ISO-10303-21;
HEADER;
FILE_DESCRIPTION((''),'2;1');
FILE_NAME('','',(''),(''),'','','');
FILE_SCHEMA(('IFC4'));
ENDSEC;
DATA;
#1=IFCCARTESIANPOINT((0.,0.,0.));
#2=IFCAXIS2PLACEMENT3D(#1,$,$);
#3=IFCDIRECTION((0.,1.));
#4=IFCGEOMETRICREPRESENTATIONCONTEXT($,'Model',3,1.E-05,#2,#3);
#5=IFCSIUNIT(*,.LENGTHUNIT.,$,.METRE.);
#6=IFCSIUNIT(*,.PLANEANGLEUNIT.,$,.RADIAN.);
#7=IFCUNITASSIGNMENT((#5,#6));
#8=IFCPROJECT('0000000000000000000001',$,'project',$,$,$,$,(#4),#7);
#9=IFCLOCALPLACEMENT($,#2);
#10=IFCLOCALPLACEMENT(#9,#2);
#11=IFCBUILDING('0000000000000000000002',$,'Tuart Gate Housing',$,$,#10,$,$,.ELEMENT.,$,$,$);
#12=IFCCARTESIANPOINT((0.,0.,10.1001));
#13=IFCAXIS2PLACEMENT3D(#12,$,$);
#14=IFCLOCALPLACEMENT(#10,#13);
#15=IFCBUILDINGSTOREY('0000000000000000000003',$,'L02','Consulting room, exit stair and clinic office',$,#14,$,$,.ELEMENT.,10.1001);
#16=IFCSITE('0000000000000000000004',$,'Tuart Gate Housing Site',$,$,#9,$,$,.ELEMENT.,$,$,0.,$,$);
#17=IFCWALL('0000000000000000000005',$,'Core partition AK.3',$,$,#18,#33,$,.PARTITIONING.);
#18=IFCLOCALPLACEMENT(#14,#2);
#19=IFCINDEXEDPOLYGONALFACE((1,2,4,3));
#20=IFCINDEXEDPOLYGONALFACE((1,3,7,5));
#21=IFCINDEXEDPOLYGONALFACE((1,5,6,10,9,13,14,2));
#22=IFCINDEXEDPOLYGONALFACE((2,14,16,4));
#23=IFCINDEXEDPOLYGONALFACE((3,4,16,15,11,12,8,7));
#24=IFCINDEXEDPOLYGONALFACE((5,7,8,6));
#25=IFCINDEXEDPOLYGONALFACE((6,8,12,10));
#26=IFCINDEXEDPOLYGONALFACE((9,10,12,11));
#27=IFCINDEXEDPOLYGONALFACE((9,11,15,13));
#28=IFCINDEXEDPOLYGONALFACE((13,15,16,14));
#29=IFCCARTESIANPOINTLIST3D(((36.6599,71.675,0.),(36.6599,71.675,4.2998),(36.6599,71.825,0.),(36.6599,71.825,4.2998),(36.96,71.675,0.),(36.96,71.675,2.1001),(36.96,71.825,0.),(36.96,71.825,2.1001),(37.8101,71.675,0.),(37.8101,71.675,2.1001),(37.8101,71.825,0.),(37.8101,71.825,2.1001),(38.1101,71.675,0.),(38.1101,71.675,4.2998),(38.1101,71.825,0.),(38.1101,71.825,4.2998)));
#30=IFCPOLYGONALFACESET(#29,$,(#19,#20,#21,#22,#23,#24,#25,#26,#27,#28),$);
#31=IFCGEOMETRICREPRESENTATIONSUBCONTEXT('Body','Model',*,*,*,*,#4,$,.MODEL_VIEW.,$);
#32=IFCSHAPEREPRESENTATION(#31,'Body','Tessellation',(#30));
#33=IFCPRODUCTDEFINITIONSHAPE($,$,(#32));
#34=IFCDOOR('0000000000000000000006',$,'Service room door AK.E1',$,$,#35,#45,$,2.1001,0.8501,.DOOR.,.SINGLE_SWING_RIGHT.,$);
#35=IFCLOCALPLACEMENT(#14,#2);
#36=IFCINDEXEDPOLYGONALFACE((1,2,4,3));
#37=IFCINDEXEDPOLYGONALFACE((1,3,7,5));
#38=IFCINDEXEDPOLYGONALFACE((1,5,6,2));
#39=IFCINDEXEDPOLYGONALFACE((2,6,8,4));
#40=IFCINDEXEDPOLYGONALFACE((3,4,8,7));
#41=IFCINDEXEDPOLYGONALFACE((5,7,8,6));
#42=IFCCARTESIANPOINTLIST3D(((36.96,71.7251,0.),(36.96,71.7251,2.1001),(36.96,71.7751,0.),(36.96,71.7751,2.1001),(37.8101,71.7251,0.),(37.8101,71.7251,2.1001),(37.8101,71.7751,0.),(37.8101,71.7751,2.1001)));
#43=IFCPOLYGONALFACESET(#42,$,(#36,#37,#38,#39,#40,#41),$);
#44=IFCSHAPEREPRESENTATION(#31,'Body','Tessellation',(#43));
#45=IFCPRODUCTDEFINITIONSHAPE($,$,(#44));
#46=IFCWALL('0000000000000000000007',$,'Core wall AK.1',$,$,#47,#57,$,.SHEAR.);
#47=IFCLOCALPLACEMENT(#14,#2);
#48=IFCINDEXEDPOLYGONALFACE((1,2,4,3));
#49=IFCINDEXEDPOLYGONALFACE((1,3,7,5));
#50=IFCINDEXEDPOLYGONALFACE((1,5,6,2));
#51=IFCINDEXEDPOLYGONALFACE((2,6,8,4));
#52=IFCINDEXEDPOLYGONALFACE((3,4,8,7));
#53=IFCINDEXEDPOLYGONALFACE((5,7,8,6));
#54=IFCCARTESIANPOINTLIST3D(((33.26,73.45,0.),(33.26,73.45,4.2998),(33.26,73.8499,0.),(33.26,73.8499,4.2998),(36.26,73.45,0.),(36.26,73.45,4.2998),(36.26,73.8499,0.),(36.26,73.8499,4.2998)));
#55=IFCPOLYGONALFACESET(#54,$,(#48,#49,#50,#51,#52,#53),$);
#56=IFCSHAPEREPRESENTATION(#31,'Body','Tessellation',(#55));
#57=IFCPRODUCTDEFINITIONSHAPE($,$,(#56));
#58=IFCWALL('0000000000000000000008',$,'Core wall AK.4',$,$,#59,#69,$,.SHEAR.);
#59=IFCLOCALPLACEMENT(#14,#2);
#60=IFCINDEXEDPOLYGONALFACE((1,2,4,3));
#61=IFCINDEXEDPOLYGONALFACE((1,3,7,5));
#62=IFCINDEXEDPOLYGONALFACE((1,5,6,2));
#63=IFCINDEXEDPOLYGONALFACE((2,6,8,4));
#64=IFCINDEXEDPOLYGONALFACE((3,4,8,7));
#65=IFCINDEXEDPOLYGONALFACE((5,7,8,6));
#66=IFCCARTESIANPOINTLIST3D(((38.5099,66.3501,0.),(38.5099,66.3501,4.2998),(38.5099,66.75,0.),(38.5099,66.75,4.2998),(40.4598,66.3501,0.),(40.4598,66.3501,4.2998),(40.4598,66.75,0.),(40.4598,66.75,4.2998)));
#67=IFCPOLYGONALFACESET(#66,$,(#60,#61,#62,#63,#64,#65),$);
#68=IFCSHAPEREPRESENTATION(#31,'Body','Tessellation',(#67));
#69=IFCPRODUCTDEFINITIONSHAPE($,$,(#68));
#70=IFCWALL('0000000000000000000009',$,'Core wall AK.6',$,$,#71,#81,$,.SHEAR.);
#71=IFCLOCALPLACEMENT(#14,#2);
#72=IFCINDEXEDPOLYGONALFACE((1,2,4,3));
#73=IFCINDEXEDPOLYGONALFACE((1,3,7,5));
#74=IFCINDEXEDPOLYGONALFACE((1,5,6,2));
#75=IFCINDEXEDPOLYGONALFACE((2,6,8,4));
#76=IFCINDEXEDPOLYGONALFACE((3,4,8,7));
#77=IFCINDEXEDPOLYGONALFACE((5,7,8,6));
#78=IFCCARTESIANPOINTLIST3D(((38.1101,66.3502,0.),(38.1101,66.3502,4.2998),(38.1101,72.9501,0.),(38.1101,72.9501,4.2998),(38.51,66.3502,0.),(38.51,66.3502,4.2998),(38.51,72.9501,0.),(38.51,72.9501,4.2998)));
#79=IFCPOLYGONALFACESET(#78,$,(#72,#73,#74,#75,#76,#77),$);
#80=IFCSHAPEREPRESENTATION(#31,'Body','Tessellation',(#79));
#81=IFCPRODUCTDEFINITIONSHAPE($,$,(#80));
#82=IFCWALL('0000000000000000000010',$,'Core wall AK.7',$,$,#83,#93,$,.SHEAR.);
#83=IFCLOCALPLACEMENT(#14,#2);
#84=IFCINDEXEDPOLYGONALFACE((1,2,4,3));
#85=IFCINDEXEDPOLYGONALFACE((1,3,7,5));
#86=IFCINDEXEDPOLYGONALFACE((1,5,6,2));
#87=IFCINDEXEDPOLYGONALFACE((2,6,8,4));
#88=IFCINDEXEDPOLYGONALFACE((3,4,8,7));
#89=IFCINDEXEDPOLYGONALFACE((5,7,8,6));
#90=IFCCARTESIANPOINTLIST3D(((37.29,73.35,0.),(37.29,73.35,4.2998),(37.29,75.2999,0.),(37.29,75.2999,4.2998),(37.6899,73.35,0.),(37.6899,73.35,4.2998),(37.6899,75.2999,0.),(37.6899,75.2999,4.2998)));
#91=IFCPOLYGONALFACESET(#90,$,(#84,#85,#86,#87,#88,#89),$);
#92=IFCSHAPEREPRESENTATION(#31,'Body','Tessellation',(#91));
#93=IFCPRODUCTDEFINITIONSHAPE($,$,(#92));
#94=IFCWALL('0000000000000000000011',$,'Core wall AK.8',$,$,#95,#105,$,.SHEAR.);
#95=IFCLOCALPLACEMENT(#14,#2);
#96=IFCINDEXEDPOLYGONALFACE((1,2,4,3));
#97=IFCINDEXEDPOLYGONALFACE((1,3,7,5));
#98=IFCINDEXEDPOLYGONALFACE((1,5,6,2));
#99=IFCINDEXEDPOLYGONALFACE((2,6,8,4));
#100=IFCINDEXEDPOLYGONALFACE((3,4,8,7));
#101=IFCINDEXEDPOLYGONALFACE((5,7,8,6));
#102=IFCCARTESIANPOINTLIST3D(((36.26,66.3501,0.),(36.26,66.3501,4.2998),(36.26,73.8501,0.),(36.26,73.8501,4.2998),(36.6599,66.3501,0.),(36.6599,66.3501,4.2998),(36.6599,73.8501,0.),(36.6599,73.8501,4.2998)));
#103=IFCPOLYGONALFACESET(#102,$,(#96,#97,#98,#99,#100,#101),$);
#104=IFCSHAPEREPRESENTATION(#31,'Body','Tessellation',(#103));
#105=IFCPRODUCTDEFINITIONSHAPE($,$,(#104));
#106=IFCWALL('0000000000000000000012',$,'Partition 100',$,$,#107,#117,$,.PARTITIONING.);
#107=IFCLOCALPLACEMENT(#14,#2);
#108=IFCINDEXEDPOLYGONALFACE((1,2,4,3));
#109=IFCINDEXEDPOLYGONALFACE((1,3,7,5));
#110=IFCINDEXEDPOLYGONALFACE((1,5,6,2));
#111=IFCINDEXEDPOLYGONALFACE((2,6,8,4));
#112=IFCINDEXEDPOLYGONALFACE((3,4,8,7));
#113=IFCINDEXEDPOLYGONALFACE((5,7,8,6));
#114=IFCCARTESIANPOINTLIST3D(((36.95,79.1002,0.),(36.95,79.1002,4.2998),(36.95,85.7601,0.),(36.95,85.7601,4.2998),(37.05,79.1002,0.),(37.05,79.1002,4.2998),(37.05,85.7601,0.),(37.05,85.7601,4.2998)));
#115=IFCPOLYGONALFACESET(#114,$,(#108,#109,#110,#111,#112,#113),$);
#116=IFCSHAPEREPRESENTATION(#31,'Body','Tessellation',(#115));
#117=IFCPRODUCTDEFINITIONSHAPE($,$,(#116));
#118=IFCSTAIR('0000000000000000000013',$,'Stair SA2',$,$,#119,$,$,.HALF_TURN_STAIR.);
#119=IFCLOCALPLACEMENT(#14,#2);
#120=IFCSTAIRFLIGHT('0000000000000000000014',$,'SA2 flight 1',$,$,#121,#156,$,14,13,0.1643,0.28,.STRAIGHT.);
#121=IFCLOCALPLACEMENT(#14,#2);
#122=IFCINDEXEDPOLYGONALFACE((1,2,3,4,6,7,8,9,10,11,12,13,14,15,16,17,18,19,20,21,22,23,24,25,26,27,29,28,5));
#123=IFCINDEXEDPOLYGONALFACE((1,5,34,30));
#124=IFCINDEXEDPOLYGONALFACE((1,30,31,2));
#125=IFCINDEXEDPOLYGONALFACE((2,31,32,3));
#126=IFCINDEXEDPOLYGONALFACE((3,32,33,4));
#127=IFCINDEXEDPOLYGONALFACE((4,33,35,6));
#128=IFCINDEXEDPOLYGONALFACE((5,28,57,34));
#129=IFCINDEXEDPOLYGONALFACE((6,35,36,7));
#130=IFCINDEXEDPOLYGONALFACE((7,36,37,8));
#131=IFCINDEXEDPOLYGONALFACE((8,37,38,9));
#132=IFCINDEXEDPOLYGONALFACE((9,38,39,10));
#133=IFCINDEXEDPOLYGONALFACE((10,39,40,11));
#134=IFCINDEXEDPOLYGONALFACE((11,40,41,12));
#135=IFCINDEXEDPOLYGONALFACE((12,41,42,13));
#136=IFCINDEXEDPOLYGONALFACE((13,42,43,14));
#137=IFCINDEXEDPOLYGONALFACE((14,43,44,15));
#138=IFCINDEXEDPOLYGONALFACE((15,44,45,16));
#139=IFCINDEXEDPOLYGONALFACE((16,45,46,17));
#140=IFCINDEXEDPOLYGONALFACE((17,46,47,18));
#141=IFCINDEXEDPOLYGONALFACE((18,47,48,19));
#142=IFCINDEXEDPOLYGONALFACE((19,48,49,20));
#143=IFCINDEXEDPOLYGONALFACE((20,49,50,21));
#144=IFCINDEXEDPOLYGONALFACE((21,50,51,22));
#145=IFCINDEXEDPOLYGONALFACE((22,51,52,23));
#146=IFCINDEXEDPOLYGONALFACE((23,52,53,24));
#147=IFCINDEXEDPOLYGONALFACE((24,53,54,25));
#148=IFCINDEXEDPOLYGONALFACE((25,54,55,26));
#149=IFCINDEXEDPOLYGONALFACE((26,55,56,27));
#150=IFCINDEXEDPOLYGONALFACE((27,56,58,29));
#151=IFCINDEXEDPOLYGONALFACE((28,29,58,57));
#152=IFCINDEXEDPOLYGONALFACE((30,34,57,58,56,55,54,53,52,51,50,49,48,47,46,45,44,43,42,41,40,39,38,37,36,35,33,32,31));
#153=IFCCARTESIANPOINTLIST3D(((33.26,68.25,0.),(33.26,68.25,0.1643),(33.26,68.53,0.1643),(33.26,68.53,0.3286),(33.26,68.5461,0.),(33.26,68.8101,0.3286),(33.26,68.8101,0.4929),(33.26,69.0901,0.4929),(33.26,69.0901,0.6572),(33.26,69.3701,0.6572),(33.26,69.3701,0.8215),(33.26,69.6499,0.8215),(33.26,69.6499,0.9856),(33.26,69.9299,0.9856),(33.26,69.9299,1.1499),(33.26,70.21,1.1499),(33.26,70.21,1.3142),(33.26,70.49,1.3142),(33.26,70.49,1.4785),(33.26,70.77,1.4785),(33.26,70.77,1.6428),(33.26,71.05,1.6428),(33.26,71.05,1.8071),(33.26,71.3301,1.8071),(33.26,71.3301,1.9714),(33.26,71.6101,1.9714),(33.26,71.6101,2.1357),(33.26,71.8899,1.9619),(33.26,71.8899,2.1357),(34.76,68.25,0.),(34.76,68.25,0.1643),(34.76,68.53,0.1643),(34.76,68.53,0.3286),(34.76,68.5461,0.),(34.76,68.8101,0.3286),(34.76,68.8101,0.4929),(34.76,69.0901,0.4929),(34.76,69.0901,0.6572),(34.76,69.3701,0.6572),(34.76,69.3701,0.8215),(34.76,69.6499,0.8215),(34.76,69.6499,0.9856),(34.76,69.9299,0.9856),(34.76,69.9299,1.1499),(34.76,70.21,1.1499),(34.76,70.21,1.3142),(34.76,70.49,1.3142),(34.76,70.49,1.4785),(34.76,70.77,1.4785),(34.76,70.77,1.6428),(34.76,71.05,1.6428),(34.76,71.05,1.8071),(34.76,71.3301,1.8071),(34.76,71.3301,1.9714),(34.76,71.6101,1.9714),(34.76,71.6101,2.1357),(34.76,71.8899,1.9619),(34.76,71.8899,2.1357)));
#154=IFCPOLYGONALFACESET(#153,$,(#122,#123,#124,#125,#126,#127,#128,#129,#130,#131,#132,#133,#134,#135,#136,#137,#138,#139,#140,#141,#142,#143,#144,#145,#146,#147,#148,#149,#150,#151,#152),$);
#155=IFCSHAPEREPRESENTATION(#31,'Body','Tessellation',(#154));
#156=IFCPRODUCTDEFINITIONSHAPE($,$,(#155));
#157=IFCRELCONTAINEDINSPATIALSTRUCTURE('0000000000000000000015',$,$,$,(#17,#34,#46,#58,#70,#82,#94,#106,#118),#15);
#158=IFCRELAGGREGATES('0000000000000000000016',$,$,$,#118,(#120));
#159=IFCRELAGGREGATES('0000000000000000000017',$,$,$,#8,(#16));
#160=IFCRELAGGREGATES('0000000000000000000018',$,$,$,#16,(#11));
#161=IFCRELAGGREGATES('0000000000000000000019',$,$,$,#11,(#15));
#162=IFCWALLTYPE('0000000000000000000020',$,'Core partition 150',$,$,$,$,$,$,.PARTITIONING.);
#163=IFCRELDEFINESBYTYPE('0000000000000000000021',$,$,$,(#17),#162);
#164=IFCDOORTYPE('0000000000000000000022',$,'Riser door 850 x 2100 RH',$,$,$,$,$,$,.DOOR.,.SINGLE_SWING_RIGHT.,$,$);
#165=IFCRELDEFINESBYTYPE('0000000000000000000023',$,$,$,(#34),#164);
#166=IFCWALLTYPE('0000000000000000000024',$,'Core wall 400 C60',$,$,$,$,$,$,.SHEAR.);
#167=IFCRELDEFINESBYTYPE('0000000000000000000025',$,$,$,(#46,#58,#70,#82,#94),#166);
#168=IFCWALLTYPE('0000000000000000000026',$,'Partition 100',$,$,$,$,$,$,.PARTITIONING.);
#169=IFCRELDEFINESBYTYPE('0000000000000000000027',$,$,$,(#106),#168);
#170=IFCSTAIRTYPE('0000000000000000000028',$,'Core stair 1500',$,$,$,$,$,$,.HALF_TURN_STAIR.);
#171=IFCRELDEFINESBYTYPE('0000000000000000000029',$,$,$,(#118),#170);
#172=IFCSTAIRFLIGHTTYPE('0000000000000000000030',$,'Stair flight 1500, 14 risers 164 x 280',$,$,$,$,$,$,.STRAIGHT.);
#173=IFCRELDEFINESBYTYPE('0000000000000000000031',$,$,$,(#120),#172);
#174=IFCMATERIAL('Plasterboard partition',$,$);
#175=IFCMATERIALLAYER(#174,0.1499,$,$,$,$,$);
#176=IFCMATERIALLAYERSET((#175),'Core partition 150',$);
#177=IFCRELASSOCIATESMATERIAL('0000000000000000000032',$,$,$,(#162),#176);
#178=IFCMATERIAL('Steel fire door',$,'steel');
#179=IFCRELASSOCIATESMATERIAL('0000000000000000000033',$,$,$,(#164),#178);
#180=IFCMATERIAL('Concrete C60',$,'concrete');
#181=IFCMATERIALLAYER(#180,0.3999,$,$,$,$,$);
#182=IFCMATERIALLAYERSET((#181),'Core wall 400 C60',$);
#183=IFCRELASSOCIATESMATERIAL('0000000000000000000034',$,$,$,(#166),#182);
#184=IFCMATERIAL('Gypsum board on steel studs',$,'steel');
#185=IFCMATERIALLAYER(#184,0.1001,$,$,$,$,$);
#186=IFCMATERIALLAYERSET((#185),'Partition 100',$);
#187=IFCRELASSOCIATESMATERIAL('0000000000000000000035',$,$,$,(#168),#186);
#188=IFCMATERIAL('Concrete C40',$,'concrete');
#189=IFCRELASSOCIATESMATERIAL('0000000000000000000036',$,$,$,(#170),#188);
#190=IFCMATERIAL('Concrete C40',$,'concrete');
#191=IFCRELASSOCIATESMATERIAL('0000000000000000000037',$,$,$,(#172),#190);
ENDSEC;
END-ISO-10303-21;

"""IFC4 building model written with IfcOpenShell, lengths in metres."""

from ifc_helpers import new_model, si_unit, direction, frame, frame_2d, origin, place, context, subcontext, project, spatial, polyline, rectangle, outline, extrude, material, layer, layer_set, type_object, element, fill, aggregate, save


model = new_model("IFC4")

# Units and contexts
model_context = context("Model", 3, precision=1e-05, world=origin(), true_north=direction((0.0, 1.0)))
body_context = subcontext(model_context, "Body", "Model", "MODEL_VIEW")
ifc_project = project(units=[si_unit("LENGTHUNIT", "METRE"), si_unit("PLANEANGLEUNIT", "RADIAN")], contexts=[model_context])

# Site, building, storey
site_placement = place(None, origin())
site = spatial("IfcSite", under=ifc_project, at=site_placement, Name="Tuart Gate Housing Site", CompositionType="ELEMENT", RefElevation=0.0)
building_placement = place(site_placement, origin())
building = spatial("IfcBuilding", under=site, at=building_placement, Name="Tuart Gate Housing", CompositionType="ELEMENT")
storey_placement = place(building_placement, frame((0.0, 0.0, 10.1001)))
storey = spatial("IfcBuildingStorey", under=building, at=storey_placement, Name="L02", Description="Consulting room, exit stair and clinic office", CompositionType="ELEMENT", Elevation=10.1001)

# Wall, opening, door
ifc_material_1 = material(Name="Plasterboard partition")
ifc_layer_1 = layer(ifc_material_1, 0.1499)
ifc_layer_set_1 = layer_set([ifc_layer_1], Name="Core partition 150")
wall_type_1 = type_object("IfcWallType", Name="Core partition 150", PredefinedType="PARTITIONING", material=ifc_layer_set_1)
wall_1_placement = place(storey_placement, frame((38.1101, 71.75, 0.0), z_axis=(0.0, 0.0, 1.0), x_axis=(-1.0, 0.0, 0.0)))
wall_1 = element("IfcWall", 1, at=wall_1_placement, inside=storey, type_object=wall_type_1, Name="Core partition AK.3", PredefinedType="PARTITIONING", context=body_context, shape_type="SweptSolid", body=[
    extrude(rectangle(XDim=1.4502, YDim=0.1499, at=frame_2d((0.7251, 0.0))), origin(), (0.0, 0.0, 1.0), 4.2998),
])
opening_placement = place(wall_1_placement, frame((0.3, 0.0, 0.0)))
opening = element("IfcOpeningElement", 2, at=opening_placement, cuts=wall_1, PredefinedType="OPENING", context=body_context, shape_type="SweptSolid", body=[
    extrude(rectangle(XDim=0.8501, YDim=2.1001, at=frame_2d((0.425, 1.05))), frame((0.0, 0.085, 0.0), z_axis=(0.0, -1.0, 0.0), x_axis=(1.0, 0.0, 0.0)), (0.0, 0.0, 1.0), 0.1699),
])
ifc_material_2 = material(Name="Steel fire door", Category="steel")
door_type = type_object("IfcDoorType", Name="Riser door 850 x 2100 RH", OperationType="SINGLE_SWING_RIGHT", PredefinedType="DOOR", material=ifc_material_2)
door_placement = place(opening_placement, frame((0.8501, 0.0, 0.0), z_axis=(0.0, 0.0, 1.0), x_axis=(-1.0, 0.0, 0.0)))
door = element("IfcDoor", 3, at=door_placement, inside=storey, type_object=door_type, Name="Service room door AK.E1", OperationType="SINGLE_SWING_RIGHT", OverallHeight=2.1001, OverallWidth=0.8501, PredefinedType="DOOR", context=body_context, shape_type="SweptSolid", body=[
    extrude(rectangle(XDim=0.8501, YDim=2.1001, at=frame_2d((0.425, 1.05))), frame((0.0, 0.0251, 0.0), z_axis=(0.0, -1.0, 0.0), x_axis=(1.0, 0.0, 0.0)), (0.0, 0.0, 1.0), 0.05),
])
fill(opening, door)

# Walls
ifc_material_3 = material(Name="Concrete C60", Category="concrete")
ifc_layer_2 = layer(ifc_material_3, 0.3999)
ifc_layer_set_2 = layer_set([ifc_layer_2], Name="Core wall 400 C60")
wall_type_2 = type_object("IfcWallType", Name="Core wall 400 C60", PredefinedType="SHEAR", material=ifc_layer_set_2)
wall_2_placement = place(storey_placement, frame((36.26, 73.6499, 0.0), z_axis=(0.0, 0.0, 1.0), x_axis=(-1.0, 0.0, 0.0)))
element("IfcWall", 4, at=wall_2_placement, inside=storey, type_object=wall_type_2, Name="Core wall AK.1", PredefinedType="SHEAR", context=body_context, shape_type="SweptSolid", body=[
    extrude(rectangle(XDim=3.0, YDim=0.3999, at=frame_2d((1.5, 0.0))), origin(), (0.0, 0.0, 1.0), 4.2998),
])
wall_3_placement = place(storey_placement, frame((40.46, 66.55, 0.0), z_axis=(0.0, 0.0, 1.0), x_axis=(-1.0, 0.0, 0.0)))
element("IfcWall", 5, at=wall_3_placement, inside=storey, type_object=wall_type_2, Name="Core wall AK.4", PredefinedType="SHEAR", context=body_context, shape_type="SweptSolid", body=[
    extrude(rectangle(XDim=1.95, YDim=0.3999, at=frame_2d((0.9751, 0.0))), origin(), (0.0, 0.0, 1.0), 4.2998),
])
wall_4_placement = place(storey_placement, frame((38.3101, 72.95, 0.0), z_axis=(0.0, 0.0, 1.0), x_axis=(0.0, -1.0, 0.0)))
element("IfcWall", 6, at=wall_4_placement, inside=storey, type_object=wall_type_2, Name="Core wall AK.6", PredefinedType="SHEAR", context=body_context, shape_type="SweptSolid", body=[
    extrude(rectangle(XDim=6.5999, YDim=0.3999, at=frame_2d((3.2998, 0.0))), origin(), (0.0, 0.0, 1.0), 4.2998),
])
wall_5_placement = place(storey_placement, frame((37.49, 75.3, 0.0), z_axis=(0.0, 0.0, 1.0), x_axis=(0.0, -1.0, 0.0)))
element("IfcWall", 7, at=wall_5_placement, inside=storey, type_object=wall_type_2, Name="Core wall AK.7", PredefinedType="SHEAR", context=body_context, shape_type="SweptSolid", body=[
    extrude(rectangle(XDim=1.95, YDim=0.3999, at=frame_2d((0.9751, 0.0))), origin(), (0.0, 0.0, 1.0), 4.2998),
])
wall_6_placement = place(storey_placement, frame((36.46, 73.8501, 0.0), z_axis=(0.0, 0.0, 1.0), x_axis=(0.0, -1.0, 0.0)))
element("IfcWall", 8, at=wall_6_placement, inside=storey, type_object=wall_type_2, Name="Core wall AK.8", PredefinedType="SHEAR", context=body_context, shape_type="SweptSolid", body=[
    extrude(rectangle(XDim=7.5, YDim=0.3999, at=frame_2d((3.75, 0.0))), origin(), (0.0, 0.0, 1.0), 4.2998),
])
ifc_material_4 = material(Name="Gypsum board on steel studs", Category="steel")
ifc_layer_3 = layer(ifc_material_4, 0.1001)
ifc_layer_set_3 = layer_set([ifc_layer_3], Name="Partition 100")
wall_type_3 = type_object("IfcWallType", Name="Partition 100", PredefinedType="PARTITIONING", material=ifc_layer_set_3)
wall_7_placement = place(storey_placement, frame((37.0, 79.1001, 0.0), z_axis=(0.0, 0.0, 1.0), x_axis=(0.0, 1.0, 0.0)))
element("IfcWall", 9, at=wall_7_placement, inside=storey, type_object=wall_type_3, Name="Partition 100", PredefinedType="PARTITIONING", context=body_context, shape_type="SweptSolid", body=[
    extrude(rectangle(XDim=6.6599, YDim=0.1001, at=frame_2d((3.3301, 0.0))), origin(), (0.0, 0.0, 1.0), 4.2998),
])

# Stair, stair flight
ifc_material_5 = material(Name="Concrete C40", Category="concrete")
stair_type = type_object("IfcStairType", Name="Core stair 1500", PredefinedType="HALF_TURN_STAIR", material=ifc_material_5)
stair_placement = place(storey_placement, origin())
stair = element("IfcStair", 10, at=stair_placement, inside=storey, type_object=stair_type, Name="Stair SA2", PredefinedType="HALF_TURN_STAIR")
ifc_material_6 = material(Name="Concrete C40", Category="concrete")
stair_flight_type = type_object("IfcStairFlightType", Name="Stair flight 1500, 14 risers 164 x 280", PredefinedType="STRAIGHT", material=ifc_material_6)
stair_flight_1_placement = place(storey_placement, frame((34.01, 68.25, 0.0), z_axis=(0.0, 0.0, 1.0), x_axis=(0.0, 1.0, 0.0)))
stair_flight_1 = element("IfcStairFlight", 11, at=stair_flight_1_placement, type_object=stair_flight_type, Name="SA2 flight 1", NumberOfRisers=14, NumberOfTreads=13, PredefinedType="STRAIGHT", RiserHeight=0.1643, TreadLength=0.28, context=body_context, shape_type="SweptSolid", body=[
    extrude(outline(polyline([(0.0, 0.0), (0.0, 0.1643), (0.28, 0.1643), (0.28, 0.3286), (0.5601, 0.3286), (0.5601, 0.4929), (0.8401, 0.4929), (0.8401, 0.6572), (1.1201, 0.6572), (1.1201, 0.8215), (1.3999, 0.8215), (1.3999, 0.9856), (1.6799, 0.9856), (1.6799, 1.1499), (1.96, 1.1499), (1.96, 1.3142), (2.24, 1.3142), (2.24, 1.4785), (2.52, 1.4785), (2.52, 1.6428), (2.8, 1.6428), (2.8, 1.8071), (3.0801, 1.8071), (3.0801, 1.9714), (3.3601, 1.9714), (3.3601, 2.1357), (3.6399, 2.1357), (3.6399, 2.3), (3.6399, 1.9619), (0.2961, 0.0), (0.0, 0.0)])), frame((0.0, 0.75, 0.0), z_axis=(0.0, -1.0, 0.0), x_axis=(1.0, 0.0, 0.0)), (0.0, 0.0, 1.0), 1.5),
])
aggregate(stair, [stair_flight_1])

save(model, "model.ifc")
